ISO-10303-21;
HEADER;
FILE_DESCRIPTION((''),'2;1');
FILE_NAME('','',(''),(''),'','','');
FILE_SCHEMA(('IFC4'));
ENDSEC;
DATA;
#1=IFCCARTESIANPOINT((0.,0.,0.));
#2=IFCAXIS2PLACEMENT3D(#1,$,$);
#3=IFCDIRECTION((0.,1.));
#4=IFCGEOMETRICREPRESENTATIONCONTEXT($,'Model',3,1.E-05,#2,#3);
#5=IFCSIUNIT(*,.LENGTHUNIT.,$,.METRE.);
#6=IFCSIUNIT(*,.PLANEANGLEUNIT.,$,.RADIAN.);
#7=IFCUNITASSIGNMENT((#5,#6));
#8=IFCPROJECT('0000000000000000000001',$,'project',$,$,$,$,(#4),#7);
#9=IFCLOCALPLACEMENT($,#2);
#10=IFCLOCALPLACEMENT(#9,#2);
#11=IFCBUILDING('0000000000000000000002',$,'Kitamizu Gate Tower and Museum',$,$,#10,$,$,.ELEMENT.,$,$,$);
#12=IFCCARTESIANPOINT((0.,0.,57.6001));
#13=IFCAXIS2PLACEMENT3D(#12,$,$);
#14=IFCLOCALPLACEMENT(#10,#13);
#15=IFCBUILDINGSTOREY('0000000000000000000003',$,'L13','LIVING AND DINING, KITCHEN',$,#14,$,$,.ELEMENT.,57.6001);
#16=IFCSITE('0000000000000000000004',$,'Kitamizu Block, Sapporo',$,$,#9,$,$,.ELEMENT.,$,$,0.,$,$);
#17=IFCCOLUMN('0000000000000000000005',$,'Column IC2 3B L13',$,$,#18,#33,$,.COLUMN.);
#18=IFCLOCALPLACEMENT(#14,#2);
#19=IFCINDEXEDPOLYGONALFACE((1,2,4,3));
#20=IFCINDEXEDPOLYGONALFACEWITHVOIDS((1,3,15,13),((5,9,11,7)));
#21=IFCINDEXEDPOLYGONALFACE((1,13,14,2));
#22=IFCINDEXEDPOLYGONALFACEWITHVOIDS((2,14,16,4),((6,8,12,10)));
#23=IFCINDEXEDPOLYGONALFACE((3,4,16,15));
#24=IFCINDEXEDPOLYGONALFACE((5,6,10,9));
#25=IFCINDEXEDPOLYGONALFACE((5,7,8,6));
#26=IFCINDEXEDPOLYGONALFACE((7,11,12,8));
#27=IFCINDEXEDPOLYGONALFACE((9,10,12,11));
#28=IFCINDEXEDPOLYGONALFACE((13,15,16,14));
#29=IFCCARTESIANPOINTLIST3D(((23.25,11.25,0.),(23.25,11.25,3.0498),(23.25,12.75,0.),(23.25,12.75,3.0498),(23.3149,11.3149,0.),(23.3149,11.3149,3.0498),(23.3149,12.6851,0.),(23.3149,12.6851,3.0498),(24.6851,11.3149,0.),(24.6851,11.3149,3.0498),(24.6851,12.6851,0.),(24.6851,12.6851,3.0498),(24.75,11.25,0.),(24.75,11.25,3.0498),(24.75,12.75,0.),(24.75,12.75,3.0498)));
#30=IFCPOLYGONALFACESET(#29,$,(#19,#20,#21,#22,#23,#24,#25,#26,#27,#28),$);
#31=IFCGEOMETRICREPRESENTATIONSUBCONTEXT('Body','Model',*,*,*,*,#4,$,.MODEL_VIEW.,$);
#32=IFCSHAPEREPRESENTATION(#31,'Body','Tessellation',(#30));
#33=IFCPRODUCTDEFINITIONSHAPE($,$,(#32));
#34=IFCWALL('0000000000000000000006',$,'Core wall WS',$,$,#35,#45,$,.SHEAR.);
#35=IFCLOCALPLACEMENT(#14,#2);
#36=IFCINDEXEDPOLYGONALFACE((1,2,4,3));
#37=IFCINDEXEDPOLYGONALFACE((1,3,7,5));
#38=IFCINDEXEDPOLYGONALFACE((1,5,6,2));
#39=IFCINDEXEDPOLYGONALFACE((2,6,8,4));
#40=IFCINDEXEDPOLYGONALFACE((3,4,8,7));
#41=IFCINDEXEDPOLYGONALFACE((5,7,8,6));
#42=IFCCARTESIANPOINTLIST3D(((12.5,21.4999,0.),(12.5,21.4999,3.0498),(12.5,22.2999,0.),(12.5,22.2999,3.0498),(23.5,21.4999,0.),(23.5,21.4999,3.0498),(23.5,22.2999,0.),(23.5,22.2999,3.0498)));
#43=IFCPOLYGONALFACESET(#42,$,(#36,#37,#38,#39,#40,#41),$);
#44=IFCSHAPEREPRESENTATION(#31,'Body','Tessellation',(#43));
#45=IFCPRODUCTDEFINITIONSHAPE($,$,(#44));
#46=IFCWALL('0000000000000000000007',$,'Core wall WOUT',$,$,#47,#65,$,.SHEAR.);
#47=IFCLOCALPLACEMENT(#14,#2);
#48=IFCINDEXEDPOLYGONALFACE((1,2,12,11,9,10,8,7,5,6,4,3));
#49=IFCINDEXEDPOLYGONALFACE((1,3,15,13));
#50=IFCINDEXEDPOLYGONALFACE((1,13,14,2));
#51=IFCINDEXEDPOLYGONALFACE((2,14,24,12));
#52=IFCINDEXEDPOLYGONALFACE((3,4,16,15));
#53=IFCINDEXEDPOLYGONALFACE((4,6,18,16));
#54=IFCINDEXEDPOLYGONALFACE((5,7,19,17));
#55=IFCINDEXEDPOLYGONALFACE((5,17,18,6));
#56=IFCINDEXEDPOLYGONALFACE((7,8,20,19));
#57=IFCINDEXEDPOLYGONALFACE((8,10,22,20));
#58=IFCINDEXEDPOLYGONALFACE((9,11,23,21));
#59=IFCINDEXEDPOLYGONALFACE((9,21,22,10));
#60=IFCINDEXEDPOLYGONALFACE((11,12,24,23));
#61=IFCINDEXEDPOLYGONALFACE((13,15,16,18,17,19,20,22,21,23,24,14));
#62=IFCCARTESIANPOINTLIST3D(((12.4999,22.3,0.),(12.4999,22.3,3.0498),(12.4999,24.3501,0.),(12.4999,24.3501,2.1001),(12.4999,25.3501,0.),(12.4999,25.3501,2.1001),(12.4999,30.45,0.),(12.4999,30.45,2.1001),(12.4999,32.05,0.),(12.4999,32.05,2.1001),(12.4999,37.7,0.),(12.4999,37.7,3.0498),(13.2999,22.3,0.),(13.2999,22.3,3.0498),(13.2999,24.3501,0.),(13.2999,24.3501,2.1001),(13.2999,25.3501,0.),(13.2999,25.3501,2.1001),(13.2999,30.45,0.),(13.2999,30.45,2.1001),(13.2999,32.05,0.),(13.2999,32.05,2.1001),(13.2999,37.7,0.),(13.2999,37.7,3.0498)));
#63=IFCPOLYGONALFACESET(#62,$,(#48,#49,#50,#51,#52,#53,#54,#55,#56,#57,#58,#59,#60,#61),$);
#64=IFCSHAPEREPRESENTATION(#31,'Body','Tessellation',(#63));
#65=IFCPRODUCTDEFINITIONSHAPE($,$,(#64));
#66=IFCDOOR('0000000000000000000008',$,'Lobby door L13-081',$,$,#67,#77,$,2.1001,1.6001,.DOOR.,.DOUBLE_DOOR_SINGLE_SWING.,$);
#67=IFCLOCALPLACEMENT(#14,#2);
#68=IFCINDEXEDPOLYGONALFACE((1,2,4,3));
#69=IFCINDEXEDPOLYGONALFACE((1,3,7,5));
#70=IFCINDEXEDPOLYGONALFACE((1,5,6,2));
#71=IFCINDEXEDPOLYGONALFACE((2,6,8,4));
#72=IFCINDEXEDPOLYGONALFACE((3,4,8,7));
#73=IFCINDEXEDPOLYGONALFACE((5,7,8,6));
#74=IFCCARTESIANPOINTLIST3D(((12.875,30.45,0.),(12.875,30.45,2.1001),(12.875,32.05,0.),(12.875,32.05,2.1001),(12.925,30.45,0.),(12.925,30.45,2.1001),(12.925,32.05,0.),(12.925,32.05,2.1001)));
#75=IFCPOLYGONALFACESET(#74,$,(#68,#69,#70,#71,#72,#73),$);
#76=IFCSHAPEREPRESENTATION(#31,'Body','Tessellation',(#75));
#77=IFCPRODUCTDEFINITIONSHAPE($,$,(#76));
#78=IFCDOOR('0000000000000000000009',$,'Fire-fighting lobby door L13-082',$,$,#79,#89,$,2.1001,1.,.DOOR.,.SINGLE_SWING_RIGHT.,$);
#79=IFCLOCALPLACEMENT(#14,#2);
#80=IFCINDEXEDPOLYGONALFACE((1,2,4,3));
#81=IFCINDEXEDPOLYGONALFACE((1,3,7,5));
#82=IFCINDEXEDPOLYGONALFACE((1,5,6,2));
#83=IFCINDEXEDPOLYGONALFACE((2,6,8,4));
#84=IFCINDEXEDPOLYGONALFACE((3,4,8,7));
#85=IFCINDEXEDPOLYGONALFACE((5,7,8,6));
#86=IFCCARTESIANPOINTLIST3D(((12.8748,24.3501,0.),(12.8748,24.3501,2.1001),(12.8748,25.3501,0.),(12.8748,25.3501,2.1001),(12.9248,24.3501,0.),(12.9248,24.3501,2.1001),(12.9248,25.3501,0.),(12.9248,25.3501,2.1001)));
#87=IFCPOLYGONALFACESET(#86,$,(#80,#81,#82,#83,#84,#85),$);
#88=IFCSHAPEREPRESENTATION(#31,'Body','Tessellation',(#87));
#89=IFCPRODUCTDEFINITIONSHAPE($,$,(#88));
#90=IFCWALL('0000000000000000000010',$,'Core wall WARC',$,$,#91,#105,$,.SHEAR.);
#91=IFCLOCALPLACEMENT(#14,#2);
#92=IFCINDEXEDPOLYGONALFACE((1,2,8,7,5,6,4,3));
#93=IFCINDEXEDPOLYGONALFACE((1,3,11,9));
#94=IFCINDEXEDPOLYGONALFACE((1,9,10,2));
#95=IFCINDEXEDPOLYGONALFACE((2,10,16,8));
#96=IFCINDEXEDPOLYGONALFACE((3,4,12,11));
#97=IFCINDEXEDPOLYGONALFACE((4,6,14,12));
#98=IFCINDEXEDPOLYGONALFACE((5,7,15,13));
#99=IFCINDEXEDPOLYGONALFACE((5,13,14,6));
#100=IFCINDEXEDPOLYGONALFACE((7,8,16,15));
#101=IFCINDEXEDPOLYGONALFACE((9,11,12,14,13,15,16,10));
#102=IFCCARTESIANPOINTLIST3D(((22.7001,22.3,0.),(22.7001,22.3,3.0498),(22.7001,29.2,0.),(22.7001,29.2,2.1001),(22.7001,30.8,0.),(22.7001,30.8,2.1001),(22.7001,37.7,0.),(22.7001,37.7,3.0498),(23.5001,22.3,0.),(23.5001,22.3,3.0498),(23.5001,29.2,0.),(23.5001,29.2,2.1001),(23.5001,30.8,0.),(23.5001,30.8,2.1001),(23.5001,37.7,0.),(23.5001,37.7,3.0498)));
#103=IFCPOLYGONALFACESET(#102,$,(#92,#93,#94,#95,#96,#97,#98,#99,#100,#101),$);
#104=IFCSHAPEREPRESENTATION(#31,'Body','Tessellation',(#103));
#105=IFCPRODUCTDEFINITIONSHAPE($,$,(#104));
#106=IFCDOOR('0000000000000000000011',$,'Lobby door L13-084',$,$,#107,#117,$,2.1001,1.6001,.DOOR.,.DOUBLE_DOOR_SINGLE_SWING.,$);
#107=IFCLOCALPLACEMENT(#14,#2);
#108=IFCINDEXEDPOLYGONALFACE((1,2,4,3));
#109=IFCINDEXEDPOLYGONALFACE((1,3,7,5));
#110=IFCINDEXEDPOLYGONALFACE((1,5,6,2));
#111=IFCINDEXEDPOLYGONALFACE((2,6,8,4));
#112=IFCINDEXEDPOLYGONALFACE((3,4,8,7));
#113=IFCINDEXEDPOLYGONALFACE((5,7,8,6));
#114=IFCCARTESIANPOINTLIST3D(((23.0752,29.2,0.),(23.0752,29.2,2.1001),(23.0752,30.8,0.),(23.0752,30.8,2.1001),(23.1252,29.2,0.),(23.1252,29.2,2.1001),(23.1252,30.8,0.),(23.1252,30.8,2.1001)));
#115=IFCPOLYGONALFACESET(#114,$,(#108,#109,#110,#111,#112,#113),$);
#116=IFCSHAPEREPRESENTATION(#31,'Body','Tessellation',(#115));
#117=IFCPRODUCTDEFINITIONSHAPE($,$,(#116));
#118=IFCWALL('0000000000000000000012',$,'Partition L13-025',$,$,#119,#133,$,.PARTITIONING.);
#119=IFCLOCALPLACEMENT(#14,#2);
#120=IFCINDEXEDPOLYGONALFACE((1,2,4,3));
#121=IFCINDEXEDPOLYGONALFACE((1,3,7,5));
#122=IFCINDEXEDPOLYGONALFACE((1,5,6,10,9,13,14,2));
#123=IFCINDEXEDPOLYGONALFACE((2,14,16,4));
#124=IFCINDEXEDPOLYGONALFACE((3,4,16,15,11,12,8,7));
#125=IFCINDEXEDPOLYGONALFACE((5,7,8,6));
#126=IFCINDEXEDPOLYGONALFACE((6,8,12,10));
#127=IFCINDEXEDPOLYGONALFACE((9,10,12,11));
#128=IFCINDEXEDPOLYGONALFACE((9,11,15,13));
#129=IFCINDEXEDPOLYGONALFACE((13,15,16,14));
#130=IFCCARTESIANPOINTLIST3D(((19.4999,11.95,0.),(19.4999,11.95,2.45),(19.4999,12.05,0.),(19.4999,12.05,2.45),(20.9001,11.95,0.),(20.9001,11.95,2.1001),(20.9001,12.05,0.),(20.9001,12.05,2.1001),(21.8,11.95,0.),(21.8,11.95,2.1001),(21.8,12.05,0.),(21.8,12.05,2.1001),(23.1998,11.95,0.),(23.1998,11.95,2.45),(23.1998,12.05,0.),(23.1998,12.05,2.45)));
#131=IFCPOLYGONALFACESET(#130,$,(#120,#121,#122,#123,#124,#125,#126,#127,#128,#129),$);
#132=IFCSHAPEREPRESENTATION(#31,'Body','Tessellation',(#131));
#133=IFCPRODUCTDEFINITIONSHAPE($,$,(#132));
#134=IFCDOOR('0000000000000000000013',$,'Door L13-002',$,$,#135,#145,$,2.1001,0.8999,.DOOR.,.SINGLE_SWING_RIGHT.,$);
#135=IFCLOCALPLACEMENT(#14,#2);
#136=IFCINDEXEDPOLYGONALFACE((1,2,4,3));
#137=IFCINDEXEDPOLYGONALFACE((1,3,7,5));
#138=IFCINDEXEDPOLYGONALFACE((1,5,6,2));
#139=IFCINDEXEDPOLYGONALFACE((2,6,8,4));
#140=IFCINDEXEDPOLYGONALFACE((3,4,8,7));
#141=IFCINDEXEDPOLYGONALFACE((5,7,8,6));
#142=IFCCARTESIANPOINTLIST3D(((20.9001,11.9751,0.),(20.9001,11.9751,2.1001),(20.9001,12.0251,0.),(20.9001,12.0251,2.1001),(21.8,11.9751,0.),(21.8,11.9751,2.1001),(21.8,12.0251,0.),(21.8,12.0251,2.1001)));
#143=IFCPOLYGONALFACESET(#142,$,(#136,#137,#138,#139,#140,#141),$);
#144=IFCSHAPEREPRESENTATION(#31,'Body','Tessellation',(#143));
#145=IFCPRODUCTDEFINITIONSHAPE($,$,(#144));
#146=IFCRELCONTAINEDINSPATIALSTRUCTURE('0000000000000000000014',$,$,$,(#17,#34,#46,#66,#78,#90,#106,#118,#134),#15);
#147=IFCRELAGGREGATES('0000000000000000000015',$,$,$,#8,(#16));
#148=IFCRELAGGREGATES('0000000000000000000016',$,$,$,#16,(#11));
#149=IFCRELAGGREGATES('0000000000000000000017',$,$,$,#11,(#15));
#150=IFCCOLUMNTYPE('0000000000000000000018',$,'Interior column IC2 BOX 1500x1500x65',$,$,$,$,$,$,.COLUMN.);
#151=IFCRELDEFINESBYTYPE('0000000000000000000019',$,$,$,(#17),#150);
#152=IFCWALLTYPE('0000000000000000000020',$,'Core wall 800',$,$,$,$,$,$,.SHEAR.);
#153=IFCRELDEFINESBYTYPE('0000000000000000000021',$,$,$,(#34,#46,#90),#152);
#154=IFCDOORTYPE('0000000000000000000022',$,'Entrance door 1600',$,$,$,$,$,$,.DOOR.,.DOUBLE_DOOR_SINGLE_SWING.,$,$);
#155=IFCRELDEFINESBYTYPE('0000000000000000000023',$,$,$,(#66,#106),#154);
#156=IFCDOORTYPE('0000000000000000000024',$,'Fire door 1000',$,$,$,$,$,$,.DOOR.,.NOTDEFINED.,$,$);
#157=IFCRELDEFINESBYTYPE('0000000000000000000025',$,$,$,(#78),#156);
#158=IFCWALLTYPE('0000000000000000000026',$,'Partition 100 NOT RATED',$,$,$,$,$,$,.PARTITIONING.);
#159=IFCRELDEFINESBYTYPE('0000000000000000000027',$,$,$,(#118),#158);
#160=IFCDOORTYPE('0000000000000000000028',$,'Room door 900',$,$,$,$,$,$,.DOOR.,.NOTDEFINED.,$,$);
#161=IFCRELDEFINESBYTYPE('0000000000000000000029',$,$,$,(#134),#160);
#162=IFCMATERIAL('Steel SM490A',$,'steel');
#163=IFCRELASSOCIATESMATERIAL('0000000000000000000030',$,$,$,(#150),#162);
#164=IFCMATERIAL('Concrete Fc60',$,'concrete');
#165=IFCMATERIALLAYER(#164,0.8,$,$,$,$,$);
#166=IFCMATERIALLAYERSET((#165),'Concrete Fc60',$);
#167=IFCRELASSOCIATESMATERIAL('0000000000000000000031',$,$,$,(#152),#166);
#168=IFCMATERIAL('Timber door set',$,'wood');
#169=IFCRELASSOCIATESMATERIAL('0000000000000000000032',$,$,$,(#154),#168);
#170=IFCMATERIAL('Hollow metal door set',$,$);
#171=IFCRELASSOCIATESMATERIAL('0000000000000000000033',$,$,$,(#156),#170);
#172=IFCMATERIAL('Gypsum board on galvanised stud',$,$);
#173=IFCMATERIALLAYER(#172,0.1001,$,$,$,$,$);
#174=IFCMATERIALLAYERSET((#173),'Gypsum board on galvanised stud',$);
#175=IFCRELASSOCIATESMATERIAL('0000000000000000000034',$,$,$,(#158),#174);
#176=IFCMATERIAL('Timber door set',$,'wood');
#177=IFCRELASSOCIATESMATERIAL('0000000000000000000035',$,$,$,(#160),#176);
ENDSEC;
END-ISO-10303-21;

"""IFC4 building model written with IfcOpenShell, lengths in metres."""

from ifc_helpers import new_model, si_unit, direction, frame, frame_2d, origin, origin_2d, place, context, subcontext, project, spatial, rectangle, hollow_rectangle, extrude, material, layer, layer_set, material_profile, profile_set, type_object, element, fill, save


model = new_model("IFC4")

# Units and contexts
model_context = context("Model", 3, precision=1e-05, world=origin(), true_north=direction((0.0, 1.0)))
body_context = subcontext(model_context, "Body", "Model", "MODEL_VIEW")
ifc_project = project(units=[si_unit("LENGTHUNIT", "METRE"), si_unit("PLANEANGLEUNIT", "RADIAN")], contexts=[model_context])

# Site, building, storey
site_placement = place(None, origin())
site = spatial("IfcSite", under=ifc_project, at=site_placement, Name="Kitamizu Block, Sapporo", CompositionType="ELEMENT", RefElevation=0.0)
building_placement = place(site_placement, origin())
building = spatial("IfcBuilding", under=site, at=building_placement, Name="Kitamizu Gate Tower and Museum", CompositionType="ELEMENT")
storey_placement = place(building_placement, frame((0.0, 0.0, 57.6001)))
storey = spatial("IfcBuildingStorey", under=building, at=storey_placement, Name="L13", Description="LIVING AND DINING, KITCHEN", CompositionType="ELEMENT", Elevation=57.6001)

# Column
ifc_material_1 = material(Name="Steel SM490A", Category="steel")
ifc_material_profile = material_profile(ifc_material_1, hollow_rectangle(XDim=1.5, YDim=1.5, WallThickness=0.0649, at=origin_2d()), Name="BOX 1500x1500x65")
ifc_profile_set = profile_set([ifc_material_profile], Name="Steel SM490A")
column_type = type_object("IfcColumnType", Name="Interior column IC2 BOX 1500x1500x65", PredefinedType="COLUMN", material=ifc_profile_set)
column_placement = place(storey_placement, frame((24.0, 12.0, 0.0), z_axis=(0.0, 0.0, 1.0), x_axis=(1.0, 0.0, 0.0)))
element("IfcColumn", 1, at=column_placement, inside=storey, type_object=column_type, Name="Column IC2 3B L13", PredefinedType="COLUMN", context=body_context, shape_type="SweptSolid", body=[
    extrude(hollow_rectangle(XDim=1.5, YDim=1.5, WallThickness=0.0649, at=origin_2d()), origin(), (0.0, 0.0, 1.0), 3.0498),
])

# Wall
ifc_material_2 = material(Name="Concrete Fc60", Category="concrete")
ifc_layer_1 = layer(ifc_material_2, 0.8)
ifc_layer_set_1 = layer_set([ifc_layer_1], Name="Concrete Fc60")
wall_type_1 = type_object("IfcWallType", Name="Core wall 800", PredefinedType="SHEAR", material=ifc_layer_set_1)
wall_1_placement = place(storey_placement, frame((12.5, 21.8999, 0.0), z_axis=(0.0, 0.0, 1.0), x_axis=(1.0, 0.0, 0.0)))
element("IfcWall", 2, at=wall_1_placement, inside=storey, type_object=wall_type_1, Name="Core wall WS", PredefinedType="SHEAR", context=body_context, shape_type="SweptSolid", body=[
    extrude(rectangle(XDim=11.0, YDim=0.8, at=frame_2d((5.5, 0.0))), origin(), (0.0, 0.0, 1.0), 3.0498),
])

# Wall, openings, doors
wall_2_placement = place(storey_placement, frame((12.8999, 22.3, 0.0), z_axis=(0.0, 0.0, 1.0), x_axis=(0.0, 1.0, 0.0)))
wall_2 = element("IfcWall", 3, at=wall_2_placement, inside=storey, type_object=wall_type_1, Name="Core wall WOUT", PredefinedType="SHEAR", context=body_context, shape_type="SweptSolid", body=[
    extrude(rectangle(XDim=15.3999, YDim=0.8, at=frame_2d((7.7, 0.0))), origin(), (0.0, 0.0, 1.0), 3.0498),
])
opening_1_placement = place(wall_2_placement, frame((8.1499, 0.0, 0.0)))
opening_1 = element("IfcOpeningElement", 4, at=opening_1_placement, cuts=wall_2, PredefinedType="OPENING", context=body_context, shape_type="SweptSolid", body=[
    extrude(rectangle(XDim=1.6001, YDim=2.1001, at=frame_2d((0.8, 1.05))), frame((0.0, 0.4102, 0.0), z_axis=(0.0, -1.0, 0.0), x_axis=(1.0, 0.0, 0.0)), (0.0, 0.0, 1.0), 0.8201),
])
opening_2_placement = place(wall_2_placement, frame((2.05, 0.0, 0.0)))
opening_2 = element("IfcOpeningElement", 5, at=opening_2_placement, cuts=wall_2, PredefinedType="OPENING", context=body_context, shape_type="SweptSolid", body=[
    extrude(rectangle(XDim=1.0, YDim=2.1001, at=frame_2d((0.5, 1.05))), frame((0.0, 0.4102, 0.0), z_axis=(0.0, -1.0, 0.0), x_axis=(1.0, 0.0, 0.0)), (0.0, 0.0, 1.0), 0.8201),
])
ifc_material_3 = material(Name="Timber door set", Category="wood")
door_type_1 = type_object("IfcDoorType", Name="Entrance door 1600", OperationType="DOUBLE_DOOR_SINGLE_SWING", PredefinedType="DOOR", material=ifc_material_3)
door_1_placement = place(opening_1_placement, origin())
door_1 = element("IfcDoor", 6, at=door_1_placement, inside=storey, type_object=door_type_1, Name="Lobby door L13-081", OperationType="DOUBLE_DOOR_SINGLE_SWING", OverallHeight=2.1001, OverallWidth=1.6001, PredefinedType="DOOR", context=body_context, shape_type="SweptSolid", body=[
    extrude(rectangle(XDim=1.6001, YDim=2.1001, at=frame_2d((0.8, 1.05))), frame((0.0, 0.0249, 0.0), z_axis=(0.0, -1.0, 0.0), x_axis=(1.0, 0.0, 0.0)), (0.0, 0.0, 1.0), 0.05),
])
fill(opening_1, door_1)
ifc_material_4 = material(Name="Hollow metal door set")
door_type_2 = type_object("IfcDoorType", Name="Fire door 1000", OperationType="NOTDEFINED", PredefinedType="DOOR", material=ifc_material_4)
door_2_placement = place(opening_2_placement, frame((1.0, 0.0, 0.0), x_axis=(-1.0, 0.0, 0.0)))
door_2 = element("IfcDoor", 7, at=door_2_placement, inside=storey, type_object=door_type_2, Name="Fire-fighting lobby door L13-082", OperationType="SINGLE_SWING_RIGHT", OverallHeight=2.1001, OverallWidth=1.0, PredefinedType="DOOR", context=body_context, shape_type="SweptSolid", body=[
    extrude(rectangle(XDim=1.0, YDim=2.1001, at=frame_2d((0.5, 1.05))), frame((0.0, 0.0249, 0.0), z_axis=(0.0, -1.0, 0.0), x_axis=(1.0, 0.0, 0.0)), (0.0, 0.0, 1.0), 0.05),
])
fill(opening_2, door_2)

# Walls, openings, doors
wall_3_placement = place(storey_placement, frame((23.1001, 22.3, 0.0), z_axis=(0.0, 0.0, 1.0), x_axis=(0.0, 1.0, 0.0)))
wall_3 = element("IfcWall", 8, at=wall_3_placement, inside=storey, type_object=wall_type_1, Name="Core wall WARC", PredefinedType="SHEAR", context=body_context, shape_type="SweptSolid", body=[
    extrude(rectangle(XDim=15.3999, YDim=0.8, at=frame_2d((7.7, 0.0))), origin(), (0.0, 0.0, 1.0), 3.0498),
])
opening_3_placement = place(wall_3_placement, frame((6.8999, 0.0, 0.0)))
opening_3 = element("IfcOpeningElement", 9, at=opening_3_placement, cuts=wall_3, PredefinedType="OPENING", context=body_context, shape_type="SweptSolid", body=[
    extrude(rectangle(XDim=1.6001, YDim=2.1001, at=frame_2d((0.8, 1.05))), frame((0.0, 0.4102, 0.0), z_axis=(0.0, -1.0, 0.0), x_axis=(1.0, 0.0, 0.0)), (0.0, 0.0, 1.0), 0.8201),
])
door_3_placement = place(opening_3_placement, origin())
door_3 = element("IfcDoor", 10, at=door_3_placement, inside=storey, type_object=door_type_1, Name="Lobby door L13-084", OperationType="DOUBLE_DOOR_SINGLE_SWING", OverallHeight=2.1001, OverallWidth=1.6001, PredefinedType="DOOR", context=body_context, shape_type="SweptSolid", body=[
    extrude(rectangle(XDim=1.6001, YDim=2.1001, at=frame_2d((0.8, 1.05))), frame((0.0, 0.0249, 0.0), z_axis=(0.0, -1.0, 0.0), x_axis=(1.0, 0.0, 0.0)), (0.0, 0.0, 1.0), 0.05),
])
fill(opening_3, door_3)
ifc_material_5 = material(Name="Gypsum board on galvanised stud")
ifc_layer_2 = layer(ifc_material_5, 0.1001)
ifc_layer_set_2 = layer_set([ifc_layer_2], Name="Gypsum board on galvanised stud")
wall_type_2 = type_object("IfcWallType", Name="Partition 100 NOT RATED", PredefinedType="PARTITIONING", material=ifc_layer_set_2)
wall_4_placement = place(storey_placement, frame((23.2, 12.0, 0.0), z_axis=(0.0, 0.0, 1.0), x_axis=(-1.0, 0.0, 0.0)))
wall_4 = element("IfcWall", 11, at=wall_4_placement, inside=storey, type_object=wall_type_2, Name="Partition L13-025", PredefinedType="PARTITIONING", context=body_context, shape_type="SweptSolid", body=[
    extrude(rectangle(XDim=3.7, YDim=0.1001, at=frame_2d((1.8501, 0.0))), origin(), (0.0, 0.0, 1.0), 2.45),
])
opening_4_placement = place(wall_4_placement, frame((1.3999, 0.0, 0.0)))
opening_4 = element("IfcOpeningElement", 12, at=opening_4_placement, cuts=wall_4, PredefinedType="OPENING", context=body_context, shape_type="SweptSolid", body=[
    extrude(rectangle(XDim=0.8999, YDim=2.1001, at=frame_2d((0.45, 1.05))), frame((0.0, 0.0601, 0.0), z_axis=(0.0, -1.0, 0.0), x_axis=(1.0, 0.0, 0.0)), (0.0, 0.0, 1.0), 0.1201),
])
ifc_material_6 = material(Name="Timber door set", Category="wood")
door_type_3 = type_object("IfcDoorType", Name="Room door 900", OperationType="NOTDEFINED", PredefinedType="DOOR", material=ifc_material_6)
door_4_placement = place(opening_4_placement, origin())
door_4 = element("IfcDoor", 13, at=door_4_placement, inside=storey, type_object=door_type_3, Name="Door L13-002", OperationType="SINGLE_SWING_RIGHT", OverallHeight=2.1001, OverallWidth=0.8999, PredefinedType="DOOR", context=body_context, shape_type="SweptSolid", body=[
    extrude(rectangle(XDim=0.8999, YDim=2.1001, at=frame_2d((0.45, 1.05))), frame((0.0, 0.0249, 0.0), z_axis=(0.0, -1.0, 0.0), x_axis=(1.0, 0.0, 0.0)), (0.0, 0.0, 1.0), 0.05),
])
fill(opening_4, door_4)

save(model, "model.ifc")
